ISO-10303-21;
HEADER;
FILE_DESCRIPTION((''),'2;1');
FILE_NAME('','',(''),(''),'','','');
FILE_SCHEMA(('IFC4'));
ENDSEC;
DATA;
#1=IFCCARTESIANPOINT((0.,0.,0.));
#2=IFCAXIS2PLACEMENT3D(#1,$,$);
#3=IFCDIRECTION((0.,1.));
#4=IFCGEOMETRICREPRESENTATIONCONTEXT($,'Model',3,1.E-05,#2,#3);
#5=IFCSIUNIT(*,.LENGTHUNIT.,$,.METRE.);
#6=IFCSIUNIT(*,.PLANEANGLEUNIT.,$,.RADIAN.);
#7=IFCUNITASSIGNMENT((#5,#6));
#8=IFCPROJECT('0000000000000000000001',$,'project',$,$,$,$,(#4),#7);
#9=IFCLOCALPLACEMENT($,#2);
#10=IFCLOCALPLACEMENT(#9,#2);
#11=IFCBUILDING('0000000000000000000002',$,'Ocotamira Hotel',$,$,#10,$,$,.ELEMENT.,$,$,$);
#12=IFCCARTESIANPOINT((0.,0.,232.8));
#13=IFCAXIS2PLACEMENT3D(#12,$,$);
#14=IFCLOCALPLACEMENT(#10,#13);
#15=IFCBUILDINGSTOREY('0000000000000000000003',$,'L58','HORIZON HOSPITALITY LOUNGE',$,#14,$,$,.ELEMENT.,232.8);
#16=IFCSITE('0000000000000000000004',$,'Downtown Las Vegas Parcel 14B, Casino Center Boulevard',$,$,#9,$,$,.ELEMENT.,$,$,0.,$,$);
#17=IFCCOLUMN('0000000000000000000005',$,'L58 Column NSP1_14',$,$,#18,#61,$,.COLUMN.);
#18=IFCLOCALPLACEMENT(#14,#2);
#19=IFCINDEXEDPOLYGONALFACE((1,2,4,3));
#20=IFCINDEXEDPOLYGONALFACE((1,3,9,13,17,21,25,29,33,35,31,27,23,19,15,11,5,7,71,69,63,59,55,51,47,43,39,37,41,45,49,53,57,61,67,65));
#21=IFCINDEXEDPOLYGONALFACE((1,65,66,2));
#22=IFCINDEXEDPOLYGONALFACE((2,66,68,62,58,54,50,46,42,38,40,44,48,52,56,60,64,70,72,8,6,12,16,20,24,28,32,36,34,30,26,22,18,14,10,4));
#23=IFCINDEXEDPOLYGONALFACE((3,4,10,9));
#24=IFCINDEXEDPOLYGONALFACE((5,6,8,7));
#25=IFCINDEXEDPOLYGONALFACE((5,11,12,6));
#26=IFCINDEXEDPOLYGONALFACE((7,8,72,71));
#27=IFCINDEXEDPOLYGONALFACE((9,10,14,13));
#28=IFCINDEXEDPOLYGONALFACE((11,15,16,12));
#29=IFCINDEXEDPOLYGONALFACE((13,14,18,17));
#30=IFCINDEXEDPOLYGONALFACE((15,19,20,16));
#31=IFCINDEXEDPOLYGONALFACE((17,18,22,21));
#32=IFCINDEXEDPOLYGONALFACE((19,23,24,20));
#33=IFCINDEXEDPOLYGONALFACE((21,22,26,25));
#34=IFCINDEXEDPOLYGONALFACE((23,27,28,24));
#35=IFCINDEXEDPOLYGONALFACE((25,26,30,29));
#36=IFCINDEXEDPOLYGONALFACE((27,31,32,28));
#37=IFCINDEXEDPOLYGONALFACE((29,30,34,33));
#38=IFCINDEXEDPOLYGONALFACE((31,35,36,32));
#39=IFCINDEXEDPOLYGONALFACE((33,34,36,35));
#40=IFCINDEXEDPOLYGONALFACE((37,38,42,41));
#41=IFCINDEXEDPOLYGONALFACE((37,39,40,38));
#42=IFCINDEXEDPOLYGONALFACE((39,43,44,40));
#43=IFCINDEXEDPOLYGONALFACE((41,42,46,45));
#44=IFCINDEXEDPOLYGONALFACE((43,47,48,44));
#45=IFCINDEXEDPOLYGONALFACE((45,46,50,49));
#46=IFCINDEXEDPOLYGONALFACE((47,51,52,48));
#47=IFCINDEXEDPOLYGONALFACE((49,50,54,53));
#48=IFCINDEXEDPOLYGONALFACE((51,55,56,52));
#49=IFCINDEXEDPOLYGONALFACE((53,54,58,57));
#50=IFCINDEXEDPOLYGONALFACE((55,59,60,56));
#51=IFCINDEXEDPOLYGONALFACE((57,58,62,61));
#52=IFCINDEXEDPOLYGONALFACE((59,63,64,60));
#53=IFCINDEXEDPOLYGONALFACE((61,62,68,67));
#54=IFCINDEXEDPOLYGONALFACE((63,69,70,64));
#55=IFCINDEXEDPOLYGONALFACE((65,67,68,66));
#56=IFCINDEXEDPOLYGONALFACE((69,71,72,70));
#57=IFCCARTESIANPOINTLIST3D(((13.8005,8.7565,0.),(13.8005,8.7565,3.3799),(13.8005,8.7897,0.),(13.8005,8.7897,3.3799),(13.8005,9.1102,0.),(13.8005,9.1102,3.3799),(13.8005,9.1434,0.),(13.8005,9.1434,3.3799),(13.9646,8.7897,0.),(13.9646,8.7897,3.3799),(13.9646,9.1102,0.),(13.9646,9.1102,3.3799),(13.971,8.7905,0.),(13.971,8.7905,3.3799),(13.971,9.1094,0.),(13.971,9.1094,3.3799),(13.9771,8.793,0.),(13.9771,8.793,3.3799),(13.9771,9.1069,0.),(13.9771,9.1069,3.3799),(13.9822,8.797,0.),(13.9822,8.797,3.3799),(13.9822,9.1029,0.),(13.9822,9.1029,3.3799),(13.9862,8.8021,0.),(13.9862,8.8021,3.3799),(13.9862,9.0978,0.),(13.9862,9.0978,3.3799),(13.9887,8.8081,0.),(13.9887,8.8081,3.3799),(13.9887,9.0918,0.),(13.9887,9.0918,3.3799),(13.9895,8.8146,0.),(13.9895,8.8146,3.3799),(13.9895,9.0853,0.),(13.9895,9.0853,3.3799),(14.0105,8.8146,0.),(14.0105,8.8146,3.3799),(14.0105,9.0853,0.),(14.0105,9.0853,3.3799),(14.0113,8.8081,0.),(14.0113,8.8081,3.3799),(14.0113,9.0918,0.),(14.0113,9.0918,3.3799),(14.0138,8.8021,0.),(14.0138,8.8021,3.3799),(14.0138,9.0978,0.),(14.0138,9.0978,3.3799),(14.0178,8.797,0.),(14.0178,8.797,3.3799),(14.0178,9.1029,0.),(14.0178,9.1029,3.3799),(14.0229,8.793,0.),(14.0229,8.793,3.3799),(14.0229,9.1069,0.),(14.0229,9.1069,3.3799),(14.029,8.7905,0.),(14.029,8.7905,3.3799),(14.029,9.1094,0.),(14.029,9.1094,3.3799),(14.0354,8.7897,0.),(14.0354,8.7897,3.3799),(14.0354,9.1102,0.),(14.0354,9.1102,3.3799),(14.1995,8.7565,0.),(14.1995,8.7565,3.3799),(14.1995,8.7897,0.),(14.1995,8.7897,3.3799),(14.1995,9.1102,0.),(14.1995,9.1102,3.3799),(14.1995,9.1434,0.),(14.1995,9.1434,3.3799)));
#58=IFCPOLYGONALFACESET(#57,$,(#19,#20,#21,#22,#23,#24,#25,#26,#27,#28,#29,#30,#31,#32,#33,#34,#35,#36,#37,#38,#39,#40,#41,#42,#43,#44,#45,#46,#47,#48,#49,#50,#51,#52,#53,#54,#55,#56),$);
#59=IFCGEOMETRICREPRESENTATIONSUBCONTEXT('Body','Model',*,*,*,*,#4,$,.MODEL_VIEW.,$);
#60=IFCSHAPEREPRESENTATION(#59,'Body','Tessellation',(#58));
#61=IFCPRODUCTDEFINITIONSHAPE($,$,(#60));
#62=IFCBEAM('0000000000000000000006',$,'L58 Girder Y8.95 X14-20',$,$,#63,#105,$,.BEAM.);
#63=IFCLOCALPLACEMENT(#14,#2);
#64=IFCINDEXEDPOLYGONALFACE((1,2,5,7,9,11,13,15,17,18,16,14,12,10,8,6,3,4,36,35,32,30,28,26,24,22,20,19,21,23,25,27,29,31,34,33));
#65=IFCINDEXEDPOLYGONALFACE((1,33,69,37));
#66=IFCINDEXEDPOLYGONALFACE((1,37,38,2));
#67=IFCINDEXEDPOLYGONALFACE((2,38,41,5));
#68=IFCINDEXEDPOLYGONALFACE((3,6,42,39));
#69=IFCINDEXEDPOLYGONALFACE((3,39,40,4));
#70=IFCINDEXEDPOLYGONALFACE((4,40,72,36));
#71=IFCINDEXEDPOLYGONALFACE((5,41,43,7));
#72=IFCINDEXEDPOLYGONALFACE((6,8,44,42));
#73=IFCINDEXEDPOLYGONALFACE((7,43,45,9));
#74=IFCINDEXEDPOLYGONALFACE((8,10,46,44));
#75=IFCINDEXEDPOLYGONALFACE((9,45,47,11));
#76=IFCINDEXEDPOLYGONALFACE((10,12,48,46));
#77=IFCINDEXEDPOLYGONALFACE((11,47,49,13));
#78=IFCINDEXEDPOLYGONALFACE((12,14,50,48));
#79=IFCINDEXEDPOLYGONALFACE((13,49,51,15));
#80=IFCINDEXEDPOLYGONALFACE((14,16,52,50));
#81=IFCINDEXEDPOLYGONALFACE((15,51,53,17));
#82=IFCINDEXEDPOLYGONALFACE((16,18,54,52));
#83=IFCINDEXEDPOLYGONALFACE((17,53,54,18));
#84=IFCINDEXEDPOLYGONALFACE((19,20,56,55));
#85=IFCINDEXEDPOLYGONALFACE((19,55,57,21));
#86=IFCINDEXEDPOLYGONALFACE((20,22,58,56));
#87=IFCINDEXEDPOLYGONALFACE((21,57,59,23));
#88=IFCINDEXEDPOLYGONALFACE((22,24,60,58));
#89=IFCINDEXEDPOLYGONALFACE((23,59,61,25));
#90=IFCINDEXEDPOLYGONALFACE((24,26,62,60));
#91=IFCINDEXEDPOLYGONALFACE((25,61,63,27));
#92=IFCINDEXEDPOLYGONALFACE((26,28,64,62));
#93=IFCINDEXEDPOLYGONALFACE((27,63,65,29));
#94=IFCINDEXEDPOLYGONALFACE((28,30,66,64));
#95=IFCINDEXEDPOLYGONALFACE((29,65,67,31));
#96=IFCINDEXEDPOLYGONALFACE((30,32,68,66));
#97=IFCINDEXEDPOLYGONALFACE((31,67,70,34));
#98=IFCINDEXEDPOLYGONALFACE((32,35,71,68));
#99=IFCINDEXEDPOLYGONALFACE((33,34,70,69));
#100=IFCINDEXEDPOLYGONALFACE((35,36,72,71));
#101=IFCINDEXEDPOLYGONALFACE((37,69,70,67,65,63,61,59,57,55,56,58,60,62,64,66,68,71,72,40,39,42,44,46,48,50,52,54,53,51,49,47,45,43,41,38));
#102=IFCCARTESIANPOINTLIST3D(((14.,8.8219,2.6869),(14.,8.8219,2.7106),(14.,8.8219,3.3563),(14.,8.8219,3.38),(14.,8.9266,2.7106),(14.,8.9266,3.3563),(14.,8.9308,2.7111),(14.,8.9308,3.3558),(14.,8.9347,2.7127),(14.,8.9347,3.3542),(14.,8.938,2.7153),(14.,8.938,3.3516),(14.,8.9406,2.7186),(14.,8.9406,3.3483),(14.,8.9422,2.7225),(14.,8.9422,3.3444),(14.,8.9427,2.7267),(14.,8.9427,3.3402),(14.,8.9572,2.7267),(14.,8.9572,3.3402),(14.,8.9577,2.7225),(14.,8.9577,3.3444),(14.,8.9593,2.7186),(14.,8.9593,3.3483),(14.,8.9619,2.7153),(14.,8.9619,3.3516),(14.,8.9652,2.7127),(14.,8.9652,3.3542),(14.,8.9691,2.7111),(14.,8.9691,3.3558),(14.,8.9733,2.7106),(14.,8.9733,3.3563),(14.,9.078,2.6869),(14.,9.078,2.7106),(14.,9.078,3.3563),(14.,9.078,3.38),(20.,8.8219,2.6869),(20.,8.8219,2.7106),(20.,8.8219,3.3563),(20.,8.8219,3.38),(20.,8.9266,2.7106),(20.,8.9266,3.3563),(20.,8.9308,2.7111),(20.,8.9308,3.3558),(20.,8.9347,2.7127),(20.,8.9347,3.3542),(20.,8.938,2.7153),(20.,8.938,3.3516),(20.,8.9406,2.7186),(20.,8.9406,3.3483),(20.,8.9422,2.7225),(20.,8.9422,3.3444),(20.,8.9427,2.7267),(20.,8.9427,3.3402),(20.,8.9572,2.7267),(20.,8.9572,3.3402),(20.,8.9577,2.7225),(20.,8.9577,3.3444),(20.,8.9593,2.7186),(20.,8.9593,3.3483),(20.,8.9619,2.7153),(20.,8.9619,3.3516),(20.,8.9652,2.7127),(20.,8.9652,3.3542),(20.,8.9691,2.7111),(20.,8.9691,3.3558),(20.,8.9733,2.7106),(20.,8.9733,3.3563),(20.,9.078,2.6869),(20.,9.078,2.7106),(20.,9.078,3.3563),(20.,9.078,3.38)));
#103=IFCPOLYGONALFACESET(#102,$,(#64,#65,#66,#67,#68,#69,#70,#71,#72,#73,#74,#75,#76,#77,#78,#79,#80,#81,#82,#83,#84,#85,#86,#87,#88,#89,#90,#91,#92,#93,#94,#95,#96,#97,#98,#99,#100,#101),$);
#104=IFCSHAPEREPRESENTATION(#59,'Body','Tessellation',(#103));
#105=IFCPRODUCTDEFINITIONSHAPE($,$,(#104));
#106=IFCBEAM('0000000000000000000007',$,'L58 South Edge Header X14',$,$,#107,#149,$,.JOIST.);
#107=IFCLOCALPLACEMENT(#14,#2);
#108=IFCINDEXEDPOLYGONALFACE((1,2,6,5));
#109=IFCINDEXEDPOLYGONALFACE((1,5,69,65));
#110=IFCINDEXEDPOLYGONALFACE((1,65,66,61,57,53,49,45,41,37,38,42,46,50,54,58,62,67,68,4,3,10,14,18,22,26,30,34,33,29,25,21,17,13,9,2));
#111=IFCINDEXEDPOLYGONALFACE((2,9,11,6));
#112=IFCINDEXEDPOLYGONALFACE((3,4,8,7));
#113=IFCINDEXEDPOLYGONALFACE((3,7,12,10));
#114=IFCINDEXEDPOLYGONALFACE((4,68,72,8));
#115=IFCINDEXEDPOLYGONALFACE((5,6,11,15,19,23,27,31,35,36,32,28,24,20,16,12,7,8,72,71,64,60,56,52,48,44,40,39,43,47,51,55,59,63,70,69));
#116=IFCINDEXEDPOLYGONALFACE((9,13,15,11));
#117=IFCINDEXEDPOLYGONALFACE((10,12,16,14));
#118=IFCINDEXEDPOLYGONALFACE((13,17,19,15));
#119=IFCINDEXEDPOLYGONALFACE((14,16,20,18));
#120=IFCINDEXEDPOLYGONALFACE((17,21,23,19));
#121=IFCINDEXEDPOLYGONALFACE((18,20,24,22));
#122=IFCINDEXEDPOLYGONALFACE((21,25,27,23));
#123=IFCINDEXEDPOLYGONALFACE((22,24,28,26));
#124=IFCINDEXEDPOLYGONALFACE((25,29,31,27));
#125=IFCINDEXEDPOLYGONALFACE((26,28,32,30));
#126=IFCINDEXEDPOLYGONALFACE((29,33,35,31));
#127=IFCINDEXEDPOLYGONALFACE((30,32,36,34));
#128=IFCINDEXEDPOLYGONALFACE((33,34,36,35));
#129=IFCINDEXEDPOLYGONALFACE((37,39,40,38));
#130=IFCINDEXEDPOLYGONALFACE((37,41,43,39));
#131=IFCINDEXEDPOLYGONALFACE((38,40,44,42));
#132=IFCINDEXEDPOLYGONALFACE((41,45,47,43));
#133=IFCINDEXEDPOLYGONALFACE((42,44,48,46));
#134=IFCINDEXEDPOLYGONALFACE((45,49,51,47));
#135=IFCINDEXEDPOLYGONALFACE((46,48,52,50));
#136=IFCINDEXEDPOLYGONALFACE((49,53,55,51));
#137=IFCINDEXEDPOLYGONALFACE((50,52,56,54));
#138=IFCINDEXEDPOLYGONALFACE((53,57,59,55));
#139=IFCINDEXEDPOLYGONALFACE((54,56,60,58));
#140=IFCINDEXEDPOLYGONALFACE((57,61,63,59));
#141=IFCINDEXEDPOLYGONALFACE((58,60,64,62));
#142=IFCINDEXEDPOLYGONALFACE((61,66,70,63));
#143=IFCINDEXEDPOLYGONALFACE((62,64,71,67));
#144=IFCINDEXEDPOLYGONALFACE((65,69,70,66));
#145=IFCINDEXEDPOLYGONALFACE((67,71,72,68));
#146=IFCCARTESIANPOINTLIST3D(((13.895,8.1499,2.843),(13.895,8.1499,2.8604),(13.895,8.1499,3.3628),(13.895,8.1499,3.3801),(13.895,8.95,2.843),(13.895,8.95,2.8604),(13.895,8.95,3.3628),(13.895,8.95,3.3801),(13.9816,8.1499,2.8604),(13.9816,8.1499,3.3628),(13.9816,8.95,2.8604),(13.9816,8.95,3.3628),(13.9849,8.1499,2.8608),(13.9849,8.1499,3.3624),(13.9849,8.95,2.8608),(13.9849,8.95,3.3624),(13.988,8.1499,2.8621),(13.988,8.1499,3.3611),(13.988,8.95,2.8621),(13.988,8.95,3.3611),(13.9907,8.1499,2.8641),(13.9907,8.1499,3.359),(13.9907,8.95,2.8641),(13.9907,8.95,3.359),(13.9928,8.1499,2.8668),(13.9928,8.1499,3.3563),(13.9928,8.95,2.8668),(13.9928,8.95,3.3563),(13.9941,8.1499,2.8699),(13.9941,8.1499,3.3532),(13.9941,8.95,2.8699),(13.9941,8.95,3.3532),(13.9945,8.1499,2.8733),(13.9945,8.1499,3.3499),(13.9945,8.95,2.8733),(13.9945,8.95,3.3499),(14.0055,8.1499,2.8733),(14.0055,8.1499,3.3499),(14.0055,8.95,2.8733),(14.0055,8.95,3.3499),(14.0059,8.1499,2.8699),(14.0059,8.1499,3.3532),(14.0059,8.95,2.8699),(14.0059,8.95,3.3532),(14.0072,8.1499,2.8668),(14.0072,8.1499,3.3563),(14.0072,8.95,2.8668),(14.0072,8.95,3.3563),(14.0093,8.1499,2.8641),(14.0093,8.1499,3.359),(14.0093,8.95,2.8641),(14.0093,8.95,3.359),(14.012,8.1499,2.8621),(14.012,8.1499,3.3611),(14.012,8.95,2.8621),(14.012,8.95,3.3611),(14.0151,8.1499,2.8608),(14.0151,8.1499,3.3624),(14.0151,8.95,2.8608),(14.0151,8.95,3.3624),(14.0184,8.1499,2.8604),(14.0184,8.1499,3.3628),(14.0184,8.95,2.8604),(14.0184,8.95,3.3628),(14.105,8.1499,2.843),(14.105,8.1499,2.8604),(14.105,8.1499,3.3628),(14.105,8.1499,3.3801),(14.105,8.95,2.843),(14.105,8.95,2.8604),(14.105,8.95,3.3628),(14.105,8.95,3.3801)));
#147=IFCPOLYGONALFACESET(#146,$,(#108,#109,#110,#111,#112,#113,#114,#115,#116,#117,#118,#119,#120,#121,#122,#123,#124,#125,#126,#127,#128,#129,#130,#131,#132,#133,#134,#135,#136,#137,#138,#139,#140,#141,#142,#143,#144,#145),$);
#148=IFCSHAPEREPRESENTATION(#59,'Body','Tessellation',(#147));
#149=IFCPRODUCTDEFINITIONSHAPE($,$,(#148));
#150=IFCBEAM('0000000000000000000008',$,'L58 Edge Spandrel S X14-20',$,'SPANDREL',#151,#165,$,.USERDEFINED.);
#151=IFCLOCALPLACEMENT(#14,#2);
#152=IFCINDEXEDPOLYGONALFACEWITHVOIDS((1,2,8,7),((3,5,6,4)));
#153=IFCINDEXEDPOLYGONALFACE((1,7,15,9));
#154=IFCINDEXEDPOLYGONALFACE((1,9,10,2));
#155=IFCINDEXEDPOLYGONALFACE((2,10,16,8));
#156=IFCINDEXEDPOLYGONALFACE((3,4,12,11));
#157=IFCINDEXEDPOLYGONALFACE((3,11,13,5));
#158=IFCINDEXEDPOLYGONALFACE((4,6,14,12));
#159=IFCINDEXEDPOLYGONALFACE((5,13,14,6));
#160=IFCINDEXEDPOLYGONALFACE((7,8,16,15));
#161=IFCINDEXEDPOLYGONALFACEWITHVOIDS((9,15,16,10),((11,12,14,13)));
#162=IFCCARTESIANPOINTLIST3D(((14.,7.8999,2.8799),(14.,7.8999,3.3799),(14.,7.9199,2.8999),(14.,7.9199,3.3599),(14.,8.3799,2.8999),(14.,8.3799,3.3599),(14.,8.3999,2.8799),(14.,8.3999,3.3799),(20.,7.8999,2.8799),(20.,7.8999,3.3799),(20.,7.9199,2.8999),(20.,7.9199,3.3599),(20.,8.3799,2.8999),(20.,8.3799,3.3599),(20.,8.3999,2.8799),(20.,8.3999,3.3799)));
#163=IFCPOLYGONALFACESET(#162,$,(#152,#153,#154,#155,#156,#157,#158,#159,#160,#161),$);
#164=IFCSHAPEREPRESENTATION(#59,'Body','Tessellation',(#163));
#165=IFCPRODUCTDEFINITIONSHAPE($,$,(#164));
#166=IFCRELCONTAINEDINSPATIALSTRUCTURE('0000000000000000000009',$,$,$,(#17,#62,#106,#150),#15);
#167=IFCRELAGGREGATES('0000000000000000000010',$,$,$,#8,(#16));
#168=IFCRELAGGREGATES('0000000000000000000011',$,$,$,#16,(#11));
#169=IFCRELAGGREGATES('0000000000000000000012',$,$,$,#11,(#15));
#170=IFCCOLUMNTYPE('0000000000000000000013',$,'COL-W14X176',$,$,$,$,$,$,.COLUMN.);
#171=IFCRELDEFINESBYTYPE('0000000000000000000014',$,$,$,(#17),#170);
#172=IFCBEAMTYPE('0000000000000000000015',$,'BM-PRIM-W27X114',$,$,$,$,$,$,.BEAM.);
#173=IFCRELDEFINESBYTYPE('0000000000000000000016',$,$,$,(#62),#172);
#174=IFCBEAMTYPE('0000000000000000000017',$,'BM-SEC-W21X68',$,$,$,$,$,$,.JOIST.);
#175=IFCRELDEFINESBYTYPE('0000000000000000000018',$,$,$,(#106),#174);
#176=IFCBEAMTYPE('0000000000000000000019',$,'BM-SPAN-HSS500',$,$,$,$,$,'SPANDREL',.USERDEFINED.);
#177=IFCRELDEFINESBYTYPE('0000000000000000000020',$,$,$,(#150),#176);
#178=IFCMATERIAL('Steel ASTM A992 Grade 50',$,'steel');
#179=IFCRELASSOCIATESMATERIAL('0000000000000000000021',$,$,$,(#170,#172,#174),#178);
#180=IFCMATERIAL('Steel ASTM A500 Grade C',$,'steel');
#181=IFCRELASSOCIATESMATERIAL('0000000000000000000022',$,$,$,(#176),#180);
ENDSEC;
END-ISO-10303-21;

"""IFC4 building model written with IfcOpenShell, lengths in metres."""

from ifc_helpers import new_model, si_unit, direction, frame, origin, origin_2d, place, context, subcontext, project, spatial, hollow_rectangle, i_section, extrude, source, transform, mapped, material, material_profile, profile_set, type_object, element, save


model = new_model("IFC4")

# Units and contexts
model_context = context("Model", 3, precision=1e-05, world=origin(), true_north=direction((0.0, 1.0)))
body_context = subcontext(model_context, "Body", "Model", "MODEL_VIEW")
ifc_project = project(units=[si_unit("LENGTHUNIT", "METRE"), si_unit("PLANEANGLEUNIT", "RADIAN")], contexts=[model_context])

# Site, building, storey
site_placement = place(None, origin())
site = spatial("IfcSite", under=ifc_project, at=site_placement, Name="Downtown Las Vegas Parcel 14B, Casino Center Boulevard", CompositionType="ELEMENT", RefElevation=0.0)
building_placement = place(site_placement, origin())
building = spatial("IfcBuilding", under=site, at=building_placement, Name="Ocotamira Hotel", CompositionType="ELEMENT")
storey_placement = place(building_placement, frame((0.0, 0.0, 232.8)))
storey = spatial("IfcBuildingStorey", under=building, at=storey_placement, Name="L58", Description="HORIZON HOSPITALITY LOUNGE", CompositionType="ELEMENT", Elevation=232.8)

# Column
ifc_material_1 = material(Name="Steel ASTM A992 Grade 50", Category="steel")
ifc_material_profile_1 = material_profile(ifc_material_1, i_section(OverallWidth=0.3989, OverallDepth=0.387, WebThickness=0.021, FlangeThickness=0.0332, FilletRadius=0.0249, at=origin_2d()), Name="W14X176")
ifc_profile_set_1 = profile_set([ifc_material_profile_1], Name="Steel ASTM A992 Grade 50")
column_type = type_object("IfcColumnType", Name="COL-W14X176", PredefinedType="COLUMN", material=ifc_profile_set_1)
shared_shape_1 = source(origin(), body_context, "Body", "SweptSolid", [
    extrude(i_section(OverallWidth=0.3989, OverallDepth=0.387, WebThickness=0.021, FlangeThickness=0.0332, FilletRadius=0.0249, at=origin_2d()), origin(), (0.0, 0.0, 1.0), 3.3799),
])
column_placement = place(storey_placement, frame((14.0, 8.95, 0.0), z_axis=(0.0, 0.0, 1.0), x_axis=(1.0, 0.0, 0.0)))
element("IfcColumn", 1, at=column_placement, inside=storey, type_object=column_type, Name="L58 Column NSP1_14", PredefinedType="COLUMN", context=body_context, shape_type="MappedRepresentation", body=[
    mapped(shared_shape_1, transform((0.0, 0.0, 0.0), scale=1.0)),
])

# Beams
ifc_material_profile_2 = material_profile(ifc_material_1, i_section(OverallWidth=0.2561, OverallDepth=0.6931, WebThickness=0.0144, FlangeThickness=0.0237, FilletRadius=0.0161, at=origin_2d()), Name="W27X114")
ifc_profile_set_2 = profile_set([ifc_material_profile_2], Name="Steel ASTM A992 Grade 50")
beam_type_1 = type_object("IfcBeamType", Name="BM-PRIM-W27X114", PredefinedType="BEAM", material=ifc_profile_set_2)
shared_shape_2 = source(origin(), body_context, "Body", "SweptSolid", [
    extrude(i_section(OverallWidth=0.2561, OverallDepth=0.6931, WebThickness=0.0144, FlangeThickness=0.0237, FilletRadius=0.0161, at=origin_2d()), origin(), (0.0, 0.0, 1.0), 6.0),
])
beam_1_placement = place(storey_placement, frame((14.0, 8.95, 3.0334), z_axis=(1.0, 0.0, 0.0), x_axis=(0.0, 1.0, 0.0)))
element("IfcBeam", 2, at=beam_1_placement, inside=storey, type_object=beam_type_1, Name="L58 Girder Y8.95 X14-20", PredefinedType="BEAM", context=body_context, shape_type="MappedRepresentation", body=[
    mapped(shared_shape_2, transform((0.0, 0.0, 0.0), scale=1.0)),
])
ifc_material_profile_3 = material_profile(ifc_material_1, i_section(OverallWidth=0.21, OverallDepth=0.5371, WebThickness=0.011, FlangeThickness=0.0173, FilletRadius=0.0129, at=origin_2d()), Name="W21X68")
ifc_profile_set_3 = profile_set([ifc_material_profile_3], Name="Steel ASTM A992 Grade 50")
beam_type_2 = type_object("IfcBeamType", Name="BM-SEC-W21X68", PredefinedType="JOIST", material=ifc_profile_set_3)
shared_shape_3 = source(origin(), body_context, "Body", "SweptSolid", [
    extrude(i_section(OverallWidth=0.21, OverallDepth=0.5371, WebThickness=0.011, FlangeThickness=0.0173, FilletRadius=0.0129, at=origin_2d()), origin(), (0.0, 0.0, 1.0), 0.8),
])
beam_2_placement = place(storey_placement, frame((14.0, 8.95, 3.1116), z_axis=(0.0, -1.0, 0.0), x_axis=(1.0, 0.0, 0.0)))
element("IfcBeam", 3, at=beam_2_placement, inside=storey, type_object=beam_type_2, Name="L58 South Edge Header X14", PredefinedType="JOIST", context=body_context, shape_type="MappedRepresentation", body=[
    mapped(shared_shape_3, transform((0.0, 0.0, 0.0), scale=1.0)),
])
ifc_material_2 = material(Name="Steel ASTM A500 Grade C", Category="steel")
ifc_material_profile_4 = material_profile(ifc_material_2, hollow_rectangle(XDim=0.5, YDim=0.5, WallThickness=0.02, at=origin_2d()), Name="HSS500X500X20")
ifc_profile_set_4 = profile_set([ifc_material_profile_4], Name="Steel ASTM A500 Grade C")
beam_type_3 = type_object("IfcBeamType", Name="BM-SPAN-HSS500", ElementType="SPANDREL", PredefinedType="USERDEFINED", material=ifc_profile_set_4)
shared_shape_4 = source(origin(), body_context, "Body", "SweptSolid", [
    extrude(hollow_rectangle(XDim=0.5, YDim=0.5, WallThickness=0.02, at=origin_2d()), origin(), (0.0, 0.0, 1.0), 6.0),
])
beam_3_placement = place(storey_placement, frame((14.0, 8.1499, 3.1299), z_axis=(1.0, 0.0, 0.0), x_axis=(0.0, 1.0, 0.0)))
element("IfcBeam", 4, at=beam_3_placement, inside=storey, type_object=beam_type_3, Name="L58 Edge Spandrel S X14-20", ObjectType="SPANDREL", PredefinedType="USERDEFINED", context=body_context, shape_type="MappedRepresentation", body=[
    mapped(shared_shape_4, transform((0.0, 0.0, 0.0), scale=1.0)),
])

save(model, "model.ifc")
